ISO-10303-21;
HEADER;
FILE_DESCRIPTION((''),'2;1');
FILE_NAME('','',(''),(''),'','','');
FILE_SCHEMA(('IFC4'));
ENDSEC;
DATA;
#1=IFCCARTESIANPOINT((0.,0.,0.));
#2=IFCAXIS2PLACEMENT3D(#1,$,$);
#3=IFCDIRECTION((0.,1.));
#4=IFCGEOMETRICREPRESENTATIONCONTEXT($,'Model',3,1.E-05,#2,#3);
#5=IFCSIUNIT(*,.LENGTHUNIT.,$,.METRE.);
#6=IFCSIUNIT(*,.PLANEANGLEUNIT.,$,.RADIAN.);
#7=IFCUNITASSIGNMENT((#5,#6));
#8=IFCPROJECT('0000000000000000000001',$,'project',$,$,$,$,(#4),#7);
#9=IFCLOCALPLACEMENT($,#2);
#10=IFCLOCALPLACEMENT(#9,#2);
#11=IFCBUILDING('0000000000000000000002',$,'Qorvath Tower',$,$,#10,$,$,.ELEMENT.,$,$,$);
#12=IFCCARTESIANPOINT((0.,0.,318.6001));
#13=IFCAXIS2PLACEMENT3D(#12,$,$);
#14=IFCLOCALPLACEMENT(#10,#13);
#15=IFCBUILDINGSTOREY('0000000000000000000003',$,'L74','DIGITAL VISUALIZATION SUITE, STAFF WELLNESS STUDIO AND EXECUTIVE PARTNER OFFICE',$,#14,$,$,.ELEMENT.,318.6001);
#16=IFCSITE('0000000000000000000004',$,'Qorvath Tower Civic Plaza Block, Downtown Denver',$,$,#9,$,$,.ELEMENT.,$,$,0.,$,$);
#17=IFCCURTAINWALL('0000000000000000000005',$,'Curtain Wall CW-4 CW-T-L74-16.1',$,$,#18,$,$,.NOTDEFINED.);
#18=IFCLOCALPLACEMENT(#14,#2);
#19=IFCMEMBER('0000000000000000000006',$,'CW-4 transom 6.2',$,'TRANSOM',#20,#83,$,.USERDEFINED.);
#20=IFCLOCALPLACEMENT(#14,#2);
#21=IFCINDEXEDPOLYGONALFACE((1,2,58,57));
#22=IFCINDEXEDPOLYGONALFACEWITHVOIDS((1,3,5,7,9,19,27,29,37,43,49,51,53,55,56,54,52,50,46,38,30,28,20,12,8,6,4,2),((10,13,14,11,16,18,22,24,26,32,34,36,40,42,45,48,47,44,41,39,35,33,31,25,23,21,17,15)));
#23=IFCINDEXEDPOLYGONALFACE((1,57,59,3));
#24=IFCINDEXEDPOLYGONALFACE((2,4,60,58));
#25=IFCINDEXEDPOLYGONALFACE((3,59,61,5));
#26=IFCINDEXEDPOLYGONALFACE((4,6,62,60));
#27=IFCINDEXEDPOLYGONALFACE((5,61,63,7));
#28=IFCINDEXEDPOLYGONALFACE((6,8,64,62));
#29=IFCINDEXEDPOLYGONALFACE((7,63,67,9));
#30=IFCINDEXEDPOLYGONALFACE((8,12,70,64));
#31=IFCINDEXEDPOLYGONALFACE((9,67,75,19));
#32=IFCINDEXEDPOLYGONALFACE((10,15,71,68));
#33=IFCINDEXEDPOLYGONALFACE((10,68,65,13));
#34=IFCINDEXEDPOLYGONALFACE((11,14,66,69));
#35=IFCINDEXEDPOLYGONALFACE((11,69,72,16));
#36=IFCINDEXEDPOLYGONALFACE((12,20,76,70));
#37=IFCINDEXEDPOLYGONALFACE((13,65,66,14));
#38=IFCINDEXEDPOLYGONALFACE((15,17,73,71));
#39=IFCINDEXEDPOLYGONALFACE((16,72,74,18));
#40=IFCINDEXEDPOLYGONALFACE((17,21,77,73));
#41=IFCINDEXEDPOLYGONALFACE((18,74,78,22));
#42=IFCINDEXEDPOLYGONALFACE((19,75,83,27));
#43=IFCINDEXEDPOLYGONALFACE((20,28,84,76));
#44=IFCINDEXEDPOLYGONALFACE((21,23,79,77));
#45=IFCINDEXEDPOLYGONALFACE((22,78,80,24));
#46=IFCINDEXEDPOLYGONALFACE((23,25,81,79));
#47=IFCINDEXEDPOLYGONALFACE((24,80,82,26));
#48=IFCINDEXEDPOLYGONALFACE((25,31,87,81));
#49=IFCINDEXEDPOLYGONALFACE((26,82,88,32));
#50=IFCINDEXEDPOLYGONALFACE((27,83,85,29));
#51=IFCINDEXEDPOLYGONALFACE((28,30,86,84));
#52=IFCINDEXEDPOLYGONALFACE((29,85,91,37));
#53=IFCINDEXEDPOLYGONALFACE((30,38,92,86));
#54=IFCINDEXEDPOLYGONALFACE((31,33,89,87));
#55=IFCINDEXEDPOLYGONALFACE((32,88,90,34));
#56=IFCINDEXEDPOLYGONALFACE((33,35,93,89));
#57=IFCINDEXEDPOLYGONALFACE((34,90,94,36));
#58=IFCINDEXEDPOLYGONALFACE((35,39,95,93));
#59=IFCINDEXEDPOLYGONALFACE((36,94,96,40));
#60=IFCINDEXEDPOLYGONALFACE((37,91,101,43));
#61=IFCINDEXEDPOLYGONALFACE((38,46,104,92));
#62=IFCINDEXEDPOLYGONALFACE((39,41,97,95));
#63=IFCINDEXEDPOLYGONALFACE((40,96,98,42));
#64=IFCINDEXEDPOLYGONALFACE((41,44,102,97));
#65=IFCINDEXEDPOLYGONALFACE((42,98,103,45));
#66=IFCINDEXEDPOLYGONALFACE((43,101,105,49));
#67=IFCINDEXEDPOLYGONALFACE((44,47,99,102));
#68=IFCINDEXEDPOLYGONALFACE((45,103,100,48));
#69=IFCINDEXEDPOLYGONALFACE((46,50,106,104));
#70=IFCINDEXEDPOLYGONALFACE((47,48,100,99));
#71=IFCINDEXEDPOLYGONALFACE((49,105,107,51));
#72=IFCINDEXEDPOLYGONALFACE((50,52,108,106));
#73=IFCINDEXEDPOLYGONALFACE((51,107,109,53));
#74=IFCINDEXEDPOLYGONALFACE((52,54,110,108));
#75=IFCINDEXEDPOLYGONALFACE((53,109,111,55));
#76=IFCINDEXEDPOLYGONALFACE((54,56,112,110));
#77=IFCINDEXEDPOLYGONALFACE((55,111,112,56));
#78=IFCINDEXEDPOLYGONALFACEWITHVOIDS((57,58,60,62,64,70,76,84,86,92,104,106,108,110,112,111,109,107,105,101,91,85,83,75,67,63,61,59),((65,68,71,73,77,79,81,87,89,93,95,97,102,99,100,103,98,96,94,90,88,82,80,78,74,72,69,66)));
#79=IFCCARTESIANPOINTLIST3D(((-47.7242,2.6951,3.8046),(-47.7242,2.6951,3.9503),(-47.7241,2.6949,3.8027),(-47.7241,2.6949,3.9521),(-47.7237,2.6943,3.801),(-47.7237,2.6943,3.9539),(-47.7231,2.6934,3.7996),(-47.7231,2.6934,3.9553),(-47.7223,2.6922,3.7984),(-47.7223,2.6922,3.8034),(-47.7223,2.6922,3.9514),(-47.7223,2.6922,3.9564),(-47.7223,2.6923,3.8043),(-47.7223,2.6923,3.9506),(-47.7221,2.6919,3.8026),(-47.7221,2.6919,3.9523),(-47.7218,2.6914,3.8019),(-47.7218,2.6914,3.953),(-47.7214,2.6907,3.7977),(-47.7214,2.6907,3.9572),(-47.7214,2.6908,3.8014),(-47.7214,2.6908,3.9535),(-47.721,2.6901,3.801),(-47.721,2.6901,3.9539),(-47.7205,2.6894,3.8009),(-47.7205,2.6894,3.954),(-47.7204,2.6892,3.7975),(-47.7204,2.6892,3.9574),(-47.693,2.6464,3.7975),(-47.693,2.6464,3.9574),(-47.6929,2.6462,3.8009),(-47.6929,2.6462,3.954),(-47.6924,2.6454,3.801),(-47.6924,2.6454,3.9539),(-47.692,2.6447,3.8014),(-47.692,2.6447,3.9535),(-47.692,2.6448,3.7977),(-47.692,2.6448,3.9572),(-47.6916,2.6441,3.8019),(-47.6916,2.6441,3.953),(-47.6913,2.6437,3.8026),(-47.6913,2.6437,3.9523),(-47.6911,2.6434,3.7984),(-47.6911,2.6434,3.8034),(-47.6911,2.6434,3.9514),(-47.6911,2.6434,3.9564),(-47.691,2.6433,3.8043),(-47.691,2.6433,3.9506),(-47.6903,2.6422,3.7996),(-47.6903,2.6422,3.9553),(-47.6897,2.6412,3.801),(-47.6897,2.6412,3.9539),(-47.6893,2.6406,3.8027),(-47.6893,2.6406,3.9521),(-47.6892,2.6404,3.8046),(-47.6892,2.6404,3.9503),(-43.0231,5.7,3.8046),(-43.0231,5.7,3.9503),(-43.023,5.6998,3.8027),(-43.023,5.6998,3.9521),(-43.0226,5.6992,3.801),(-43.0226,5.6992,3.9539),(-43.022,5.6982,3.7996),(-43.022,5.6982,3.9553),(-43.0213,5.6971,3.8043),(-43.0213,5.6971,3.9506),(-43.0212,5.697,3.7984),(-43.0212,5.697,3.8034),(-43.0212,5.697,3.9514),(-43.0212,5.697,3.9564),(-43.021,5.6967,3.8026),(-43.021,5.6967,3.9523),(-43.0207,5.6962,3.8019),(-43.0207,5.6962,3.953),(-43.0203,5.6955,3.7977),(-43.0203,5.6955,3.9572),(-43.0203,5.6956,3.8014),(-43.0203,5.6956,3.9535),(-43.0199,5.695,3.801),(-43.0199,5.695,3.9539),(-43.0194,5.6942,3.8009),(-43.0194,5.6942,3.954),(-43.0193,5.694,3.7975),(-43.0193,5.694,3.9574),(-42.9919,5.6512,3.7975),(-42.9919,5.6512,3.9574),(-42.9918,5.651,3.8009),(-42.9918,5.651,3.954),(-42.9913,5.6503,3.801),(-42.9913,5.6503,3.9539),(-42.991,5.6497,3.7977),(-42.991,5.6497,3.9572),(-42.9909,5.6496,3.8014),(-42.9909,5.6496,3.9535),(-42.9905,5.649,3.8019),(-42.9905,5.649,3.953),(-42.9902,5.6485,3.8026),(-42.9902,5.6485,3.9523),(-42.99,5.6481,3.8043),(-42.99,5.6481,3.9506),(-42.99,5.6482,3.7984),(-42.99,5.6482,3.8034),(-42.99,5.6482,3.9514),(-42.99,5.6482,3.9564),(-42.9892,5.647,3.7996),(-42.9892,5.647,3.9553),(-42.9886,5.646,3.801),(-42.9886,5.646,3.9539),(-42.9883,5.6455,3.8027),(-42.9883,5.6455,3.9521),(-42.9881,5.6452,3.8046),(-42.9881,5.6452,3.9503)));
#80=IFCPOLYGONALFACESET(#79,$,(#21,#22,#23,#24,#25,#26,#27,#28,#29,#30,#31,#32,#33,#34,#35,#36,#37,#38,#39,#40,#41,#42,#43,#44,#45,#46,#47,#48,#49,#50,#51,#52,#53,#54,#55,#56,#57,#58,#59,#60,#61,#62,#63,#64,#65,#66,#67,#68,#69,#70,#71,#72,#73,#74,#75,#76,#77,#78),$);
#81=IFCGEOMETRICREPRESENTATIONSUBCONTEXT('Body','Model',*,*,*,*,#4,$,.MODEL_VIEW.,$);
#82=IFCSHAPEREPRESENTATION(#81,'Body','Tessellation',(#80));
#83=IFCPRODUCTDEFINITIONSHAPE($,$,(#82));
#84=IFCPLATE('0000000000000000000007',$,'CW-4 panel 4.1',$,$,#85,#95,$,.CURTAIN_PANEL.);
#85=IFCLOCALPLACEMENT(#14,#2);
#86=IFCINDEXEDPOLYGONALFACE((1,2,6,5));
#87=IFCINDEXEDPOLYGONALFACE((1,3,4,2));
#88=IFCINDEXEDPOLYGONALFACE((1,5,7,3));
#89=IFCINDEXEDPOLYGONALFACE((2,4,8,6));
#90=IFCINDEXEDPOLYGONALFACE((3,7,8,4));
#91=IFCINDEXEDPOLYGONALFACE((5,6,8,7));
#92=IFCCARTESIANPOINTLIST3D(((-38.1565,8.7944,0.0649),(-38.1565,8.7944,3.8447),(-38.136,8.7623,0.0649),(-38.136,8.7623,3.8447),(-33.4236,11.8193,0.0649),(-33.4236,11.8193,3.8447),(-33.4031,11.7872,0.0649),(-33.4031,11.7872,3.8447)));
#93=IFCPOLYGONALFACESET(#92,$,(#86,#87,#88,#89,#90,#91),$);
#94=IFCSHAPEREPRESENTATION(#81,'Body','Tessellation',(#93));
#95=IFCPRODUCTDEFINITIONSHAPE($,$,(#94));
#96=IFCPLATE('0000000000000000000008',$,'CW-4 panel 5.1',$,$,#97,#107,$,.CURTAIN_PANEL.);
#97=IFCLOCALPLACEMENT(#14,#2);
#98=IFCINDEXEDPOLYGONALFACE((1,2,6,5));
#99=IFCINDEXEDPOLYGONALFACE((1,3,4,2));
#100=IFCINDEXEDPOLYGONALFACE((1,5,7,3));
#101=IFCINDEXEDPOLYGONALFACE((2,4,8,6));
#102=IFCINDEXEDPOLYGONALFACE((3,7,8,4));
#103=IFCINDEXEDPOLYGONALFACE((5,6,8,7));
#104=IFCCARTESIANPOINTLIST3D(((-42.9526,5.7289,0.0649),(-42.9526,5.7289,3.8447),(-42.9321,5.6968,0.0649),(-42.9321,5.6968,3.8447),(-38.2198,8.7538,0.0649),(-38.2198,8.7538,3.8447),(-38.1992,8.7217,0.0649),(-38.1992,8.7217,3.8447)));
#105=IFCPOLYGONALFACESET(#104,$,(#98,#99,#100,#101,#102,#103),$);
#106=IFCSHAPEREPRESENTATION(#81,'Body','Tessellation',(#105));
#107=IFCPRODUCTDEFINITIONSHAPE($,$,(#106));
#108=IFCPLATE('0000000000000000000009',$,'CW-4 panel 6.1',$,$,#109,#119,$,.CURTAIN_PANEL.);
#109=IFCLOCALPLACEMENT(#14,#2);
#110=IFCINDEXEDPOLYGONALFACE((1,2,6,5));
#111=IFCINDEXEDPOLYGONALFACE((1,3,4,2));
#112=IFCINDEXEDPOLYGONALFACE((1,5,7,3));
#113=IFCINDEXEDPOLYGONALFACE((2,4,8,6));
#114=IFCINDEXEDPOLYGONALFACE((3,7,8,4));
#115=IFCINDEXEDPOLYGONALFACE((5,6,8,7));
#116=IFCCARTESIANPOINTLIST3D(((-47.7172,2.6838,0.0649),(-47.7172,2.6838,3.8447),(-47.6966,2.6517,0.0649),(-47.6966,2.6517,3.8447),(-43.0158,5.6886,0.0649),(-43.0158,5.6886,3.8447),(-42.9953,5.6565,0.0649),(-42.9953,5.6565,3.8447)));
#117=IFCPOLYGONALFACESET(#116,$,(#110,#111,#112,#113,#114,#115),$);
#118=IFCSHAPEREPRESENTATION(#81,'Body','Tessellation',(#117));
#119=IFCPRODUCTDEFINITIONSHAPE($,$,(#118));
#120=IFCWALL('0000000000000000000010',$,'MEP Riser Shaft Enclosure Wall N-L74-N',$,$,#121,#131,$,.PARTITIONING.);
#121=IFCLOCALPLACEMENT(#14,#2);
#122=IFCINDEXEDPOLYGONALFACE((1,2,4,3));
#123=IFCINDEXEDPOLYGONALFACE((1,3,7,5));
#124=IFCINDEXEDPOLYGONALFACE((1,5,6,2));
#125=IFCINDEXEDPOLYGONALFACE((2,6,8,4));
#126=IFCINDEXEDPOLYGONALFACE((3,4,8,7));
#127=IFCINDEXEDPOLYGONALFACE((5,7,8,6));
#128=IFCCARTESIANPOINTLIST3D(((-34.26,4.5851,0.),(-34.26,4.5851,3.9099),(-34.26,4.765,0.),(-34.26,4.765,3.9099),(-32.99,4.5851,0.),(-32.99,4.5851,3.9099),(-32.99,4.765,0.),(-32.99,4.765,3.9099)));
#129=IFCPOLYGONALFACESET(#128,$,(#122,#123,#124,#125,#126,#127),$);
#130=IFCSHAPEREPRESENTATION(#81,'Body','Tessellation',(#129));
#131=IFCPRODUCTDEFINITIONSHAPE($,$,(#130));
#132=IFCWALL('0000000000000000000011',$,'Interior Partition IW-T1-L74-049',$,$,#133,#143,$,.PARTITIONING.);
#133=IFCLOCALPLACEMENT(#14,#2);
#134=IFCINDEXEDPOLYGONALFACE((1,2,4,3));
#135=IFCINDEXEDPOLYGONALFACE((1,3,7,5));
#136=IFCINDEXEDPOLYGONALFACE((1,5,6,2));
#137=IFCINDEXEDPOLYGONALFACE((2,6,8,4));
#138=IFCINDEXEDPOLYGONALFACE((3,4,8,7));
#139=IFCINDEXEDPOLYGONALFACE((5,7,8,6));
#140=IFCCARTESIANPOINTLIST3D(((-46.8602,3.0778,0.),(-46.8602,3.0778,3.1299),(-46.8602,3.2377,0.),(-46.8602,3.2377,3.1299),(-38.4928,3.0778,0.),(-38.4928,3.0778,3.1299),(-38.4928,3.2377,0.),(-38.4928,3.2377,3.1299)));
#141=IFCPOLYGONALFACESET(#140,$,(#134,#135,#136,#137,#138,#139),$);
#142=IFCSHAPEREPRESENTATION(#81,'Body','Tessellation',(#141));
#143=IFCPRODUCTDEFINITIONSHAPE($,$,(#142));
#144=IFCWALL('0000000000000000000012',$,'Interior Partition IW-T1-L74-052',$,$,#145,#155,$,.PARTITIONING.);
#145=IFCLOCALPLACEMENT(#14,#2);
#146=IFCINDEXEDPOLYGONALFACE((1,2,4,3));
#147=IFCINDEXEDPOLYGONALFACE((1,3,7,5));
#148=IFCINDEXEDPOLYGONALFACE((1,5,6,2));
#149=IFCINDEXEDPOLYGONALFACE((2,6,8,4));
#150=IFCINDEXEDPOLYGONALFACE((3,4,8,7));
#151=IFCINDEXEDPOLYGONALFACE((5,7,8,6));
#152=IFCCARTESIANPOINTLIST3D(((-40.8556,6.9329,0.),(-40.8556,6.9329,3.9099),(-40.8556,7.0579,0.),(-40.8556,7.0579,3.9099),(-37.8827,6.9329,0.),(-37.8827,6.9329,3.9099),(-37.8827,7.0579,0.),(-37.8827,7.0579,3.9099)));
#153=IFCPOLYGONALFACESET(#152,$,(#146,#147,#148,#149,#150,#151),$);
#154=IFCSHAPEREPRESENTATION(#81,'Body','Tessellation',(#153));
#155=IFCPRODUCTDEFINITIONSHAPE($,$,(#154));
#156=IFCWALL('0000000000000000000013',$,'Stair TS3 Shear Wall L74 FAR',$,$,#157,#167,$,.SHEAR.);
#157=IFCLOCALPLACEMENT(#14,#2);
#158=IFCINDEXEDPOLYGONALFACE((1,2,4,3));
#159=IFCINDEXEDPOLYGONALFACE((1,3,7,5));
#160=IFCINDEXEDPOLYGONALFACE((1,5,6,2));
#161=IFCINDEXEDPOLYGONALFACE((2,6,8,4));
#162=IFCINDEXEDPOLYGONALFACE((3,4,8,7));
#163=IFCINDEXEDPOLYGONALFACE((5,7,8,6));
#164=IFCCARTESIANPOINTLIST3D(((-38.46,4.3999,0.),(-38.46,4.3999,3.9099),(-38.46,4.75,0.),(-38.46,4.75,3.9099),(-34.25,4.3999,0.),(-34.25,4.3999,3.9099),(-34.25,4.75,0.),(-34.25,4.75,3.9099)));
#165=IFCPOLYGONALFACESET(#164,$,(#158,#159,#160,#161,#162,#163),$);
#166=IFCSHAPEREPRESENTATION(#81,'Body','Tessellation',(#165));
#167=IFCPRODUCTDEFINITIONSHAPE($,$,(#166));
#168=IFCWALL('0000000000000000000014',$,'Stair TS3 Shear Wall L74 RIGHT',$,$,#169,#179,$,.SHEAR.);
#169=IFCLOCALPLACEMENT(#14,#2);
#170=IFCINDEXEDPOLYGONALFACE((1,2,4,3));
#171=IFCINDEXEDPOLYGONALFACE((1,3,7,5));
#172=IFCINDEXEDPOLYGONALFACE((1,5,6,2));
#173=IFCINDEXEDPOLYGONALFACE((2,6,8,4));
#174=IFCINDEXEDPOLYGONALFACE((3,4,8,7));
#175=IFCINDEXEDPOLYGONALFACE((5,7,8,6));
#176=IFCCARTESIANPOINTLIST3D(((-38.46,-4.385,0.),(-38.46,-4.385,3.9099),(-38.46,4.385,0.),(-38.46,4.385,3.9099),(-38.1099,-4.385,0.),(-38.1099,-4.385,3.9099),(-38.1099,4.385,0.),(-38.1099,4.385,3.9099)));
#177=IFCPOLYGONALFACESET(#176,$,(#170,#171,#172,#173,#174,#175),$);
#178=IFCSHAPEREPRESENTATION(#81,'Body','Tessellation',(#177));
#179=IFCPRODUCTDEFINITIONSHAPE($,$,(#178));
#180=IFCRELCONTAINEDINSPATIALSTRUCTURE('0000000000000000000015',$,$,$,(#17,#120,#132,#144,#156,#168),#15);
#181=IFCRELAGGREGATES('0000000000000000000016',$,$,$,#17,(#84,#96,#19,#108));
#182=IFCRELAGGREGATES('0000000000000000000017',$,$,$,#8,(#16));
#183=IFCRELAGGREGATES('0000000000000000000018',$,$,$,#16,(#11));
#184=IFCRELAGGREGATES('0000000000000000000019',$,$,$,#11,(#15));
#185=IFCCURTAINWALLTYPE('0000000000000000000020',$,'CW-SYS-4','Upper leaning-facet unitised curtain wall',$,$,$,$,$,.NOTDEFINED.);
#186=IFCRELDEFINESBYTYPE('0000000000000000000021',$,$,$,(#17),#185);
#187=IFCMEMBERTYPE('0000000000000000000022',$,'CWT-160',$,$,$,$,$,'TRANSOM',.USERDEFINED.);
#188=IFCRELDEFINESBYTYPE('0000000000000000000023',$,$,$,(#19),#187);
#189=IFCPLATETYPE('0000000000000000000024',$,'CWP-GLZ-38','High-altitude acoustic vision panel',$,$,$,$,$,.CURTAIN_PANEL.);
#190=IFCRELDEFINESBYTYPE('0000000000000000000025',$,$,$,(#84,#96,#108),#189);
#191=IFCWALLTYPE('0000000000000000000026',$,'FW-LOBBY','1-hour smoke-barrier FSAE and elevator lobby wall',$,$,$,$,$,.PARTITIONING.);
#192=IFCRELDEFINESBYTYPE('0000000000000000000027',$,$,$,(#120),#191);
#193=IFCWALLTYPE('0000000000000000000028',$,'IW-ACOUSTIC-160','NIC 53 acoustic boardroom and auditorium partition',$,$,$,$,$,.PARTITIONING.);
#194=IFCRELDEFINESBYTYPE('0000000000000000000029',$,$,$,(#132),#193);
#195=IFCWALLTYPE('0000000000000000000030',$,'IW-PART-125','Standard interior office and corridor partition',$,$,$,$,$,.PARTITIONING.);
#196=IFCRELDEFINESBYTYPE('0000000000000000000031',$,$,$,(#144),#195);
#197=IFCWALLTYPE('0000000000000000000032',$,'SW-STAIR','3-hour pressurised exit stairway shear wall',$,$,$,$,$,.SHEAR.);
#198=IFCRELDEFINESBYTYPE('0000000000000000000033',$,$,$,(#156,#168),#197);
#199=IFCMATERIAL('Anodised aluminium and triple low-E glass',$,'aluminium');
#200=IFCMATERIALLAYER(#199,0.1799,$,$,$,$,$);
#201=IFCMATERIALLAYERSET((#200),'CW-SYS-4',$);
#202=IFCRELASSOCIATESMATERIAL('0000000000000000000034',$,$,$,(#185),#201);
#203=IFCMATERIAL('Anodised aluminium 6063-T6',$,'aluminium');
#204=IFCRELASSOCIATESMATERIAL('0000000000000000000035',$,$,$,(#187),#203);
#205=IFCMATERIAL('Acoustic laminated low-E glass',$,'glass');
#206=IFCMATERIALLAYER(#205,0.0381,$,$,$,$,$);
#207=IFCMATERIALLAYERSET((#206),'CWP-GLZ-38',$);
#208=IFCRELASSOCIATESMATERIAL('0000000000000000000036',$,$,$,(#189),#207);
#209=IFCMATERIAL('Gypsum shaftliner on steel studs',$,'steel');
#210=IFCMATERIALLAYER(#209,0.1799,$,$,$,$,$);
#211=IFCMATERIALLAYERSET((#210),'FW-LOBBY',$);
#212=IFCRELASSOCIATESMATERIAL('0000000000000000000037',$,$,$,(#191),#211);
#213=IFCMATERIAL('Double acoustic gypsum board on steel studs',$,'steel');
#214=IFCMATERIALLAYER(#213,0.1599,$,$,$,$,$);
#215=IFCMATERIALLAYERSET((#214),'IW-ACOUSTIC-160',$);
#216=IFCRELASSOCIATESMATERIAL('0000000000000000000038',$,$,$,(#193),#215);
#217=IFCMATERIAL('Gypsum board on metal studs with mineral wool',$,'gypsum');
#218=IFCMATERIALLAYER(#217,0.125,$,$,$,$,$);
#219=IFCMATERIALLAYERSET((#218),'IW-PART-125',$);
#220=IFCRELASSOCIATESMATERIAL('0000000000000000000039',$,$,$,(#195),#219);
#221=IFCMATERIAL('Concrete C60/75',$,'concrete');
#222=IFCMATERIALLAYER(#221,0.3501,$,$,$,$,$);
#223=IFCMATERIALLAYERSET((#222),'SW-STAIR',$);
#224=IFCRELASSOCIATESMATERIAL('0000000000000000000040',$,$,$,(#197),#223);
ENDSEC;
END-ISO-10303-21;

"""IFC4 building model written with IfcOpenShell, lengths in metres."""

from ifc_helpers import new_model, si_unit, direction, frame, frame_2d, origin, origin_2d, place, context, subcontext, project, spatial, rectangle, hollow_rectangle, extrude, material, layer, layer_set, material_profile, profile_set, type_object, element, aggregate, save


model = new_model("IFC4")

# Units and contexts
model_context = context("Model", 3, precision=1e-05, world=origin(), true_north=direction((0.0, 1.0)))
body_context = subcontext(model_context, "Body", "Model", "MODEL_VIEW")
ifc_project = project(units=[si_unit("LENGTHUNIT", "METRE"), si_unit("PLANEANGLEUNIT", "RADIAN")], contexts=[model_context])

# Site, building, storey
site_placement = place(None, origin())
site = spatial("IfcSite", under=ifc_project, at=site_placement, Name="Qorvath Tower Civic Plaza Block, Downtown Denver", CompositionType="ELEMENT", RefElevation=0.0)
building_placement = place(site_placement, origin())
building = spatial("IfcBuilding", under=site, at=building_placement, Name="Qorvath Tower", CompositionType="ELEMENT")
storey_placement = place(building_placement, frame((0.0, 0.0, 318.6001)))
storey = spatial("IfcBuildingStorey", under=building, at=storey_placement, Name="L74", Description="DIGITAL VISUALIZATION SUITE, STAFF WELLNESS STUDIO AND EXECUTIVE PARTNER OFFICE", CompositionType="ELEMENT", Elevation=318.6001)

# Curtain wall, member, plates
ifc_material_1 = material(Name="Anodised aluminium and triple low-E glass", Category="aluminium")
ifc_layer_1 = layer(ifc_material_1, 0.1799)
ifc_layer_set_1 = layer_set([ifc_layer_1], Name="CW-SYS-4")
curtain_wall_type = type_object("IfcCurtainWallType", Name="CW-SYS-4", Description="Upper leaning-facet unitised curtain wall", PredefinedType="NOTDEFINED", material=ifc_layer_set_1)
curtain_wall_placement = place(storey_placement, origin())
curtain_wall = element("IfcCurtainWall", 1, at=curtain_wall_placement, inside=storey, type_object=curtain_wall_type, Name="Curtain Wall CW-4 CW-T-L74-16.1", PredefinedType="NOTDEFINED")
ifc_material_2 = material(Name="Anodised aluminium 6063-T6", Category="aluminium")
ifc_material_profile_1 = material_profile(ifc_material_2, hollow_rectangle(XDim=0.0649, YDim=0.1599, WallThickness=0.0034, InnerFilletRadius=0.0034, OuterFilletRadius=0.0071, at=origin_2d()), Name="CWT 160x65")
ifc_profile_set_1 = profile_set([ifc_material_profile_1], Name="Anodised aluminium 6063-T6")
member_type_1 = type_object("IfcMemberType", Name="CWT-160", ElementType="TRANSOM", PredefinedType="USERDEFINED", material=ifc_profile_set_1)
member_1_placement = place(storey_placement, frame((-43.0056, 5.6726, 3.8774), z_axis=(-0.842586, -0.538562, 0.0), x_axis=(0.538562, -0.842586, 0.0)))
member_1 = element("IfcMember", 2, at=member_1_placement, type_object=member_type_1, Name="CW-4 transom 6.2", ObjectType="TRANSOM", PredefinedType="USERDEFINED", context=body_context, shape_type="SweptSolid", body=[
    extrude(hollow_rectangle(XDim=0.0649, YDim=0.1599, WallThickness=0.0034, InnerFilletRadius=0.0034, OuterFilletRadius=0.0071, at=origin_2d()), origin(), (0.0, 0.0, 1.0), 5.5793),
])
ifc_material_3 = material(Name="Acoustic laminated low-E glass", Category="glass")
ifc_layer_2 = layer(ifc_material_3, 0.0381)
ifc_layer_set_2 = layer_set([ifc_layer_2], Name="CWP-GLZ-38")
plate_type = type_object("IfcPlateType", Name="CWP-GLZ-38", Description="High-altitude acoustic vision panel", PredefinedType="CURTAIN_PANEL", material=ifc_layer_set_2)
plate_1_placement = place(storey_placement, frame((-35.7798, 10.2908, 0.0649), z_axis=(0.0, 0.0, 1.0), x_axis=(-0.842605, -0.538532, 0.0)))
plate_1 = element("IfcPlate", 3, at=plate_1_placement, type_object=plate_type, Name="CW-4 panel 4.1", PredefinedType="CURTAIN_PANEL", context=body_context, shape_type="SweptSolid", body=[
    extrude(rectangle(XDim=5.6169, YDim=0.0381, at=origin_2d()), origin(), (0.0, 0.0, 1.0), 3.7798),
])
plate_2_placement = place(storey_placement, frame((-40.5759, 7.2253, 0.0649), z_axis=(0.0, 0.0, 1.0), x_axis=(-0.842605, -0.538532, 0.0)))
plate_2 = element("IfcPlate", 4, at=plate_2_placement, type_object=plate_type, Name="CW-4 panel 5.1", PredefinedType="CURTAIN_PANEL", context=body_context, shape_type="SweptSolid", body=[
    extrude(rectangle(XDim=5.6169, YDim=0.0381, at=origin_2d()), origin(), (0.0, 0.0, 1.0), 3.7798),
])
plate_3_placement = place(storey_placement, frame((-45.3562, 4.1702, 0.0649), z_axis=(0.0, 0.0, 1.0), x_axis=(-0.842605, -0.538532, 0.0)))
plate_3 = element("IfcPlate", 5, at=plate_3_placement, type_object=plate_type, Name="CW-4 panel 6.1", PredefinedType="CURTAIN_PANEL", context=body_context, shape_type="SweptSolid", body=[
    extrude(rectangle(XDim=5.5796, YDim=0.0381, at=origin_2d()), origin(), (0.0, 0.0, 1.0), 3.7798),
])
aggregate(curtain_wall, [plate_1, plate_2, member_1, plate_3])

# Walls
ifc_material_4 = material(Name="Gypsum shaftliner on steel studs", Category="steel")
ifc_layer_3 = layer(ifc_material_4, 0.1799)
ifc_layer_set_3 = layer_set([ifc_layer_3], Name="FW-LOBBY")
wall_type_1 = type_object("IfcWallType", Name="FW-LOBBY", Description="1-hour smoke-barrier FSAE and elevator lobby wall", PredefinedType="PARTITIONING", material=ifc_layer_set_3)
wall_1_placement = place(storey_placement, frame((-34.26, 4.675, 0.0), z_axis=(0.0, 0.0, 1.0), x_axis=(1.0, 0.0, 0.0)))
element("IfcWall", 6, at=wall_1_placement, inside=storey, type_object=wall_type_1, Name="MEP Riser Shaft Enclosure Wall N-L74-N", PredefinedType="PARTITIONING", context=body_context, shape_type="SweptSolid", body=[
    extrude(rectangle(XDim=1.27, YDim=0.1799, at=frame_2d((0.635, 0.0))), origin(), (0.0, 0.0, 1.0), 3.9099),
])
ifc_material_5 = material(Name="Double acoustic gypsum board on steel studs", Category="steel")
ifc_layer_4 = layer(ifc_material_5, 0.1599)
ifc_layer_set_4 = layer_set([ifc_layer_4], Name="IW-ACOUSTIC-160")
wall_type_2 = type_object("IfcWallType", Name="IW-ACOUSTIC-160", Description="NIC 53 acoustic boardroom and auditorium partition", PredefinedType="PARTITIONING", material=ifc_layer_set_4)
wall_2_placement = place(storey_placement, frame((-38.4929, 3.1577, 0.0), z_axis=(0.0, 0.0, 1.0), x_axis=(-1.0, 0.0, 0.0)))
element("IfcWall", 7, at=wall_2_placement, inside=storey, type_object=wall_type_2, Name="Interior Partition IW-T1-L74-049", PredefinedType="PARTITIONING", context=body_context, shape_type="SweptSolid", body=[
    extrude(rectangle(XDim=8.3674, YDim=0.1599, at=frame_2d((4.1836, 0.0))), origin(), (0.0, 0.0, 1.0), 3.1299),
])

# Shared definitions
ifc_material_6 = material(Name="Gypsum board on metal studs with mineral wool", Category="gypsum")
ifc_layer_5 = layer(ifc_material_6, 0.125)
ifc_layer_set_5 = layer_set([ifc_layer_5], Name="IW-PART-125")
wall_type_3 = type_object("IfcWallType", Name="IW-PART-125", Description="Standard interior office and corridor partition", PredefinedType="PARTITIONING", material=ifc_layer_set_5)

# Walls
wall_3_placement = place(storey_placement, frame((-37.8828, 6.9954, 0.0), z_axis=(0.0, 0.0, 1.0), x_axis=(-1.0, 0.0, 0.0)))
element("IfcWall", 8, at=wall_3_placement, inside=storey, type_object=wall_type_3, Name="Interior Partition IW-T1-L74-052", PredefinedType="PARTITIONING", context=body_context, shape_type="SweptSolid", body=[
    extrude(rectangle(XDim=2.9729, YDim=0.125, at=frame_2d((1.4863, 0.0))), origin(), (0.0, 0.0, 1.0), 3.9099),
])
ifc_material_7 = material(Name="Concrete C60/75", Category="concrete")
ifc_layer_6 = layer(ifc_material_7, 0.3501)
ifc_layer_set_6 = layer_set([ifc_layer_6], Name="SW-STAIR")
wall_type_4 = type_object("IfcWallType", Name="SW-STAIR", Description="3-hour pressurised exit stairway shear wall", PredefinedType="SHEAR", material=ifc_layer_set_6)
wall_4_placement = place(storey_placement, frame((-34.25, 4.575, 0.0), z_axis=(0.0, 0.0, 1.0), x_axis=(-1.0, 0.0, 0.0)))
element("IfcWall", 9, at=wall_4_placement, inside=storey, type_object=wall_type_4, Name="Stair TS3 Shear Wall L74 FAR", PredefinedType="SHEAR", context=body_context, shape_type="SweptSolid", body=[
    extrude(rectangle(XDim=4.21, YDim=0.3501, at=frame_2d((2.105, 0.0))), origin(), (0.0, 0.0, 1.0), 3.9099),
])
wall_5_placement = place(storey_placement, frame((-38.2849, 4.385, 0.0), z_axis=(0.0, 0.0, 1.0), x_axis=(0.0, -1.0, 0.0)))
element("IfcWall", 10, at=wall_5_placement, inside=storey, type_object=wall_type_4, Name="Stair TS3 Shear Wall L74 RIGHT", PredefinedType="SHEAR", context=body_context, shape_type="SweptSolid", body=[
    extrude(rectangle(XDim=8.77, YDim=0.3501, at=frame_2d((4.385, 0.0))), origin(), (0.0, 0.0, 1.0), 3.9099),
])

save(model, "model.ifc")
